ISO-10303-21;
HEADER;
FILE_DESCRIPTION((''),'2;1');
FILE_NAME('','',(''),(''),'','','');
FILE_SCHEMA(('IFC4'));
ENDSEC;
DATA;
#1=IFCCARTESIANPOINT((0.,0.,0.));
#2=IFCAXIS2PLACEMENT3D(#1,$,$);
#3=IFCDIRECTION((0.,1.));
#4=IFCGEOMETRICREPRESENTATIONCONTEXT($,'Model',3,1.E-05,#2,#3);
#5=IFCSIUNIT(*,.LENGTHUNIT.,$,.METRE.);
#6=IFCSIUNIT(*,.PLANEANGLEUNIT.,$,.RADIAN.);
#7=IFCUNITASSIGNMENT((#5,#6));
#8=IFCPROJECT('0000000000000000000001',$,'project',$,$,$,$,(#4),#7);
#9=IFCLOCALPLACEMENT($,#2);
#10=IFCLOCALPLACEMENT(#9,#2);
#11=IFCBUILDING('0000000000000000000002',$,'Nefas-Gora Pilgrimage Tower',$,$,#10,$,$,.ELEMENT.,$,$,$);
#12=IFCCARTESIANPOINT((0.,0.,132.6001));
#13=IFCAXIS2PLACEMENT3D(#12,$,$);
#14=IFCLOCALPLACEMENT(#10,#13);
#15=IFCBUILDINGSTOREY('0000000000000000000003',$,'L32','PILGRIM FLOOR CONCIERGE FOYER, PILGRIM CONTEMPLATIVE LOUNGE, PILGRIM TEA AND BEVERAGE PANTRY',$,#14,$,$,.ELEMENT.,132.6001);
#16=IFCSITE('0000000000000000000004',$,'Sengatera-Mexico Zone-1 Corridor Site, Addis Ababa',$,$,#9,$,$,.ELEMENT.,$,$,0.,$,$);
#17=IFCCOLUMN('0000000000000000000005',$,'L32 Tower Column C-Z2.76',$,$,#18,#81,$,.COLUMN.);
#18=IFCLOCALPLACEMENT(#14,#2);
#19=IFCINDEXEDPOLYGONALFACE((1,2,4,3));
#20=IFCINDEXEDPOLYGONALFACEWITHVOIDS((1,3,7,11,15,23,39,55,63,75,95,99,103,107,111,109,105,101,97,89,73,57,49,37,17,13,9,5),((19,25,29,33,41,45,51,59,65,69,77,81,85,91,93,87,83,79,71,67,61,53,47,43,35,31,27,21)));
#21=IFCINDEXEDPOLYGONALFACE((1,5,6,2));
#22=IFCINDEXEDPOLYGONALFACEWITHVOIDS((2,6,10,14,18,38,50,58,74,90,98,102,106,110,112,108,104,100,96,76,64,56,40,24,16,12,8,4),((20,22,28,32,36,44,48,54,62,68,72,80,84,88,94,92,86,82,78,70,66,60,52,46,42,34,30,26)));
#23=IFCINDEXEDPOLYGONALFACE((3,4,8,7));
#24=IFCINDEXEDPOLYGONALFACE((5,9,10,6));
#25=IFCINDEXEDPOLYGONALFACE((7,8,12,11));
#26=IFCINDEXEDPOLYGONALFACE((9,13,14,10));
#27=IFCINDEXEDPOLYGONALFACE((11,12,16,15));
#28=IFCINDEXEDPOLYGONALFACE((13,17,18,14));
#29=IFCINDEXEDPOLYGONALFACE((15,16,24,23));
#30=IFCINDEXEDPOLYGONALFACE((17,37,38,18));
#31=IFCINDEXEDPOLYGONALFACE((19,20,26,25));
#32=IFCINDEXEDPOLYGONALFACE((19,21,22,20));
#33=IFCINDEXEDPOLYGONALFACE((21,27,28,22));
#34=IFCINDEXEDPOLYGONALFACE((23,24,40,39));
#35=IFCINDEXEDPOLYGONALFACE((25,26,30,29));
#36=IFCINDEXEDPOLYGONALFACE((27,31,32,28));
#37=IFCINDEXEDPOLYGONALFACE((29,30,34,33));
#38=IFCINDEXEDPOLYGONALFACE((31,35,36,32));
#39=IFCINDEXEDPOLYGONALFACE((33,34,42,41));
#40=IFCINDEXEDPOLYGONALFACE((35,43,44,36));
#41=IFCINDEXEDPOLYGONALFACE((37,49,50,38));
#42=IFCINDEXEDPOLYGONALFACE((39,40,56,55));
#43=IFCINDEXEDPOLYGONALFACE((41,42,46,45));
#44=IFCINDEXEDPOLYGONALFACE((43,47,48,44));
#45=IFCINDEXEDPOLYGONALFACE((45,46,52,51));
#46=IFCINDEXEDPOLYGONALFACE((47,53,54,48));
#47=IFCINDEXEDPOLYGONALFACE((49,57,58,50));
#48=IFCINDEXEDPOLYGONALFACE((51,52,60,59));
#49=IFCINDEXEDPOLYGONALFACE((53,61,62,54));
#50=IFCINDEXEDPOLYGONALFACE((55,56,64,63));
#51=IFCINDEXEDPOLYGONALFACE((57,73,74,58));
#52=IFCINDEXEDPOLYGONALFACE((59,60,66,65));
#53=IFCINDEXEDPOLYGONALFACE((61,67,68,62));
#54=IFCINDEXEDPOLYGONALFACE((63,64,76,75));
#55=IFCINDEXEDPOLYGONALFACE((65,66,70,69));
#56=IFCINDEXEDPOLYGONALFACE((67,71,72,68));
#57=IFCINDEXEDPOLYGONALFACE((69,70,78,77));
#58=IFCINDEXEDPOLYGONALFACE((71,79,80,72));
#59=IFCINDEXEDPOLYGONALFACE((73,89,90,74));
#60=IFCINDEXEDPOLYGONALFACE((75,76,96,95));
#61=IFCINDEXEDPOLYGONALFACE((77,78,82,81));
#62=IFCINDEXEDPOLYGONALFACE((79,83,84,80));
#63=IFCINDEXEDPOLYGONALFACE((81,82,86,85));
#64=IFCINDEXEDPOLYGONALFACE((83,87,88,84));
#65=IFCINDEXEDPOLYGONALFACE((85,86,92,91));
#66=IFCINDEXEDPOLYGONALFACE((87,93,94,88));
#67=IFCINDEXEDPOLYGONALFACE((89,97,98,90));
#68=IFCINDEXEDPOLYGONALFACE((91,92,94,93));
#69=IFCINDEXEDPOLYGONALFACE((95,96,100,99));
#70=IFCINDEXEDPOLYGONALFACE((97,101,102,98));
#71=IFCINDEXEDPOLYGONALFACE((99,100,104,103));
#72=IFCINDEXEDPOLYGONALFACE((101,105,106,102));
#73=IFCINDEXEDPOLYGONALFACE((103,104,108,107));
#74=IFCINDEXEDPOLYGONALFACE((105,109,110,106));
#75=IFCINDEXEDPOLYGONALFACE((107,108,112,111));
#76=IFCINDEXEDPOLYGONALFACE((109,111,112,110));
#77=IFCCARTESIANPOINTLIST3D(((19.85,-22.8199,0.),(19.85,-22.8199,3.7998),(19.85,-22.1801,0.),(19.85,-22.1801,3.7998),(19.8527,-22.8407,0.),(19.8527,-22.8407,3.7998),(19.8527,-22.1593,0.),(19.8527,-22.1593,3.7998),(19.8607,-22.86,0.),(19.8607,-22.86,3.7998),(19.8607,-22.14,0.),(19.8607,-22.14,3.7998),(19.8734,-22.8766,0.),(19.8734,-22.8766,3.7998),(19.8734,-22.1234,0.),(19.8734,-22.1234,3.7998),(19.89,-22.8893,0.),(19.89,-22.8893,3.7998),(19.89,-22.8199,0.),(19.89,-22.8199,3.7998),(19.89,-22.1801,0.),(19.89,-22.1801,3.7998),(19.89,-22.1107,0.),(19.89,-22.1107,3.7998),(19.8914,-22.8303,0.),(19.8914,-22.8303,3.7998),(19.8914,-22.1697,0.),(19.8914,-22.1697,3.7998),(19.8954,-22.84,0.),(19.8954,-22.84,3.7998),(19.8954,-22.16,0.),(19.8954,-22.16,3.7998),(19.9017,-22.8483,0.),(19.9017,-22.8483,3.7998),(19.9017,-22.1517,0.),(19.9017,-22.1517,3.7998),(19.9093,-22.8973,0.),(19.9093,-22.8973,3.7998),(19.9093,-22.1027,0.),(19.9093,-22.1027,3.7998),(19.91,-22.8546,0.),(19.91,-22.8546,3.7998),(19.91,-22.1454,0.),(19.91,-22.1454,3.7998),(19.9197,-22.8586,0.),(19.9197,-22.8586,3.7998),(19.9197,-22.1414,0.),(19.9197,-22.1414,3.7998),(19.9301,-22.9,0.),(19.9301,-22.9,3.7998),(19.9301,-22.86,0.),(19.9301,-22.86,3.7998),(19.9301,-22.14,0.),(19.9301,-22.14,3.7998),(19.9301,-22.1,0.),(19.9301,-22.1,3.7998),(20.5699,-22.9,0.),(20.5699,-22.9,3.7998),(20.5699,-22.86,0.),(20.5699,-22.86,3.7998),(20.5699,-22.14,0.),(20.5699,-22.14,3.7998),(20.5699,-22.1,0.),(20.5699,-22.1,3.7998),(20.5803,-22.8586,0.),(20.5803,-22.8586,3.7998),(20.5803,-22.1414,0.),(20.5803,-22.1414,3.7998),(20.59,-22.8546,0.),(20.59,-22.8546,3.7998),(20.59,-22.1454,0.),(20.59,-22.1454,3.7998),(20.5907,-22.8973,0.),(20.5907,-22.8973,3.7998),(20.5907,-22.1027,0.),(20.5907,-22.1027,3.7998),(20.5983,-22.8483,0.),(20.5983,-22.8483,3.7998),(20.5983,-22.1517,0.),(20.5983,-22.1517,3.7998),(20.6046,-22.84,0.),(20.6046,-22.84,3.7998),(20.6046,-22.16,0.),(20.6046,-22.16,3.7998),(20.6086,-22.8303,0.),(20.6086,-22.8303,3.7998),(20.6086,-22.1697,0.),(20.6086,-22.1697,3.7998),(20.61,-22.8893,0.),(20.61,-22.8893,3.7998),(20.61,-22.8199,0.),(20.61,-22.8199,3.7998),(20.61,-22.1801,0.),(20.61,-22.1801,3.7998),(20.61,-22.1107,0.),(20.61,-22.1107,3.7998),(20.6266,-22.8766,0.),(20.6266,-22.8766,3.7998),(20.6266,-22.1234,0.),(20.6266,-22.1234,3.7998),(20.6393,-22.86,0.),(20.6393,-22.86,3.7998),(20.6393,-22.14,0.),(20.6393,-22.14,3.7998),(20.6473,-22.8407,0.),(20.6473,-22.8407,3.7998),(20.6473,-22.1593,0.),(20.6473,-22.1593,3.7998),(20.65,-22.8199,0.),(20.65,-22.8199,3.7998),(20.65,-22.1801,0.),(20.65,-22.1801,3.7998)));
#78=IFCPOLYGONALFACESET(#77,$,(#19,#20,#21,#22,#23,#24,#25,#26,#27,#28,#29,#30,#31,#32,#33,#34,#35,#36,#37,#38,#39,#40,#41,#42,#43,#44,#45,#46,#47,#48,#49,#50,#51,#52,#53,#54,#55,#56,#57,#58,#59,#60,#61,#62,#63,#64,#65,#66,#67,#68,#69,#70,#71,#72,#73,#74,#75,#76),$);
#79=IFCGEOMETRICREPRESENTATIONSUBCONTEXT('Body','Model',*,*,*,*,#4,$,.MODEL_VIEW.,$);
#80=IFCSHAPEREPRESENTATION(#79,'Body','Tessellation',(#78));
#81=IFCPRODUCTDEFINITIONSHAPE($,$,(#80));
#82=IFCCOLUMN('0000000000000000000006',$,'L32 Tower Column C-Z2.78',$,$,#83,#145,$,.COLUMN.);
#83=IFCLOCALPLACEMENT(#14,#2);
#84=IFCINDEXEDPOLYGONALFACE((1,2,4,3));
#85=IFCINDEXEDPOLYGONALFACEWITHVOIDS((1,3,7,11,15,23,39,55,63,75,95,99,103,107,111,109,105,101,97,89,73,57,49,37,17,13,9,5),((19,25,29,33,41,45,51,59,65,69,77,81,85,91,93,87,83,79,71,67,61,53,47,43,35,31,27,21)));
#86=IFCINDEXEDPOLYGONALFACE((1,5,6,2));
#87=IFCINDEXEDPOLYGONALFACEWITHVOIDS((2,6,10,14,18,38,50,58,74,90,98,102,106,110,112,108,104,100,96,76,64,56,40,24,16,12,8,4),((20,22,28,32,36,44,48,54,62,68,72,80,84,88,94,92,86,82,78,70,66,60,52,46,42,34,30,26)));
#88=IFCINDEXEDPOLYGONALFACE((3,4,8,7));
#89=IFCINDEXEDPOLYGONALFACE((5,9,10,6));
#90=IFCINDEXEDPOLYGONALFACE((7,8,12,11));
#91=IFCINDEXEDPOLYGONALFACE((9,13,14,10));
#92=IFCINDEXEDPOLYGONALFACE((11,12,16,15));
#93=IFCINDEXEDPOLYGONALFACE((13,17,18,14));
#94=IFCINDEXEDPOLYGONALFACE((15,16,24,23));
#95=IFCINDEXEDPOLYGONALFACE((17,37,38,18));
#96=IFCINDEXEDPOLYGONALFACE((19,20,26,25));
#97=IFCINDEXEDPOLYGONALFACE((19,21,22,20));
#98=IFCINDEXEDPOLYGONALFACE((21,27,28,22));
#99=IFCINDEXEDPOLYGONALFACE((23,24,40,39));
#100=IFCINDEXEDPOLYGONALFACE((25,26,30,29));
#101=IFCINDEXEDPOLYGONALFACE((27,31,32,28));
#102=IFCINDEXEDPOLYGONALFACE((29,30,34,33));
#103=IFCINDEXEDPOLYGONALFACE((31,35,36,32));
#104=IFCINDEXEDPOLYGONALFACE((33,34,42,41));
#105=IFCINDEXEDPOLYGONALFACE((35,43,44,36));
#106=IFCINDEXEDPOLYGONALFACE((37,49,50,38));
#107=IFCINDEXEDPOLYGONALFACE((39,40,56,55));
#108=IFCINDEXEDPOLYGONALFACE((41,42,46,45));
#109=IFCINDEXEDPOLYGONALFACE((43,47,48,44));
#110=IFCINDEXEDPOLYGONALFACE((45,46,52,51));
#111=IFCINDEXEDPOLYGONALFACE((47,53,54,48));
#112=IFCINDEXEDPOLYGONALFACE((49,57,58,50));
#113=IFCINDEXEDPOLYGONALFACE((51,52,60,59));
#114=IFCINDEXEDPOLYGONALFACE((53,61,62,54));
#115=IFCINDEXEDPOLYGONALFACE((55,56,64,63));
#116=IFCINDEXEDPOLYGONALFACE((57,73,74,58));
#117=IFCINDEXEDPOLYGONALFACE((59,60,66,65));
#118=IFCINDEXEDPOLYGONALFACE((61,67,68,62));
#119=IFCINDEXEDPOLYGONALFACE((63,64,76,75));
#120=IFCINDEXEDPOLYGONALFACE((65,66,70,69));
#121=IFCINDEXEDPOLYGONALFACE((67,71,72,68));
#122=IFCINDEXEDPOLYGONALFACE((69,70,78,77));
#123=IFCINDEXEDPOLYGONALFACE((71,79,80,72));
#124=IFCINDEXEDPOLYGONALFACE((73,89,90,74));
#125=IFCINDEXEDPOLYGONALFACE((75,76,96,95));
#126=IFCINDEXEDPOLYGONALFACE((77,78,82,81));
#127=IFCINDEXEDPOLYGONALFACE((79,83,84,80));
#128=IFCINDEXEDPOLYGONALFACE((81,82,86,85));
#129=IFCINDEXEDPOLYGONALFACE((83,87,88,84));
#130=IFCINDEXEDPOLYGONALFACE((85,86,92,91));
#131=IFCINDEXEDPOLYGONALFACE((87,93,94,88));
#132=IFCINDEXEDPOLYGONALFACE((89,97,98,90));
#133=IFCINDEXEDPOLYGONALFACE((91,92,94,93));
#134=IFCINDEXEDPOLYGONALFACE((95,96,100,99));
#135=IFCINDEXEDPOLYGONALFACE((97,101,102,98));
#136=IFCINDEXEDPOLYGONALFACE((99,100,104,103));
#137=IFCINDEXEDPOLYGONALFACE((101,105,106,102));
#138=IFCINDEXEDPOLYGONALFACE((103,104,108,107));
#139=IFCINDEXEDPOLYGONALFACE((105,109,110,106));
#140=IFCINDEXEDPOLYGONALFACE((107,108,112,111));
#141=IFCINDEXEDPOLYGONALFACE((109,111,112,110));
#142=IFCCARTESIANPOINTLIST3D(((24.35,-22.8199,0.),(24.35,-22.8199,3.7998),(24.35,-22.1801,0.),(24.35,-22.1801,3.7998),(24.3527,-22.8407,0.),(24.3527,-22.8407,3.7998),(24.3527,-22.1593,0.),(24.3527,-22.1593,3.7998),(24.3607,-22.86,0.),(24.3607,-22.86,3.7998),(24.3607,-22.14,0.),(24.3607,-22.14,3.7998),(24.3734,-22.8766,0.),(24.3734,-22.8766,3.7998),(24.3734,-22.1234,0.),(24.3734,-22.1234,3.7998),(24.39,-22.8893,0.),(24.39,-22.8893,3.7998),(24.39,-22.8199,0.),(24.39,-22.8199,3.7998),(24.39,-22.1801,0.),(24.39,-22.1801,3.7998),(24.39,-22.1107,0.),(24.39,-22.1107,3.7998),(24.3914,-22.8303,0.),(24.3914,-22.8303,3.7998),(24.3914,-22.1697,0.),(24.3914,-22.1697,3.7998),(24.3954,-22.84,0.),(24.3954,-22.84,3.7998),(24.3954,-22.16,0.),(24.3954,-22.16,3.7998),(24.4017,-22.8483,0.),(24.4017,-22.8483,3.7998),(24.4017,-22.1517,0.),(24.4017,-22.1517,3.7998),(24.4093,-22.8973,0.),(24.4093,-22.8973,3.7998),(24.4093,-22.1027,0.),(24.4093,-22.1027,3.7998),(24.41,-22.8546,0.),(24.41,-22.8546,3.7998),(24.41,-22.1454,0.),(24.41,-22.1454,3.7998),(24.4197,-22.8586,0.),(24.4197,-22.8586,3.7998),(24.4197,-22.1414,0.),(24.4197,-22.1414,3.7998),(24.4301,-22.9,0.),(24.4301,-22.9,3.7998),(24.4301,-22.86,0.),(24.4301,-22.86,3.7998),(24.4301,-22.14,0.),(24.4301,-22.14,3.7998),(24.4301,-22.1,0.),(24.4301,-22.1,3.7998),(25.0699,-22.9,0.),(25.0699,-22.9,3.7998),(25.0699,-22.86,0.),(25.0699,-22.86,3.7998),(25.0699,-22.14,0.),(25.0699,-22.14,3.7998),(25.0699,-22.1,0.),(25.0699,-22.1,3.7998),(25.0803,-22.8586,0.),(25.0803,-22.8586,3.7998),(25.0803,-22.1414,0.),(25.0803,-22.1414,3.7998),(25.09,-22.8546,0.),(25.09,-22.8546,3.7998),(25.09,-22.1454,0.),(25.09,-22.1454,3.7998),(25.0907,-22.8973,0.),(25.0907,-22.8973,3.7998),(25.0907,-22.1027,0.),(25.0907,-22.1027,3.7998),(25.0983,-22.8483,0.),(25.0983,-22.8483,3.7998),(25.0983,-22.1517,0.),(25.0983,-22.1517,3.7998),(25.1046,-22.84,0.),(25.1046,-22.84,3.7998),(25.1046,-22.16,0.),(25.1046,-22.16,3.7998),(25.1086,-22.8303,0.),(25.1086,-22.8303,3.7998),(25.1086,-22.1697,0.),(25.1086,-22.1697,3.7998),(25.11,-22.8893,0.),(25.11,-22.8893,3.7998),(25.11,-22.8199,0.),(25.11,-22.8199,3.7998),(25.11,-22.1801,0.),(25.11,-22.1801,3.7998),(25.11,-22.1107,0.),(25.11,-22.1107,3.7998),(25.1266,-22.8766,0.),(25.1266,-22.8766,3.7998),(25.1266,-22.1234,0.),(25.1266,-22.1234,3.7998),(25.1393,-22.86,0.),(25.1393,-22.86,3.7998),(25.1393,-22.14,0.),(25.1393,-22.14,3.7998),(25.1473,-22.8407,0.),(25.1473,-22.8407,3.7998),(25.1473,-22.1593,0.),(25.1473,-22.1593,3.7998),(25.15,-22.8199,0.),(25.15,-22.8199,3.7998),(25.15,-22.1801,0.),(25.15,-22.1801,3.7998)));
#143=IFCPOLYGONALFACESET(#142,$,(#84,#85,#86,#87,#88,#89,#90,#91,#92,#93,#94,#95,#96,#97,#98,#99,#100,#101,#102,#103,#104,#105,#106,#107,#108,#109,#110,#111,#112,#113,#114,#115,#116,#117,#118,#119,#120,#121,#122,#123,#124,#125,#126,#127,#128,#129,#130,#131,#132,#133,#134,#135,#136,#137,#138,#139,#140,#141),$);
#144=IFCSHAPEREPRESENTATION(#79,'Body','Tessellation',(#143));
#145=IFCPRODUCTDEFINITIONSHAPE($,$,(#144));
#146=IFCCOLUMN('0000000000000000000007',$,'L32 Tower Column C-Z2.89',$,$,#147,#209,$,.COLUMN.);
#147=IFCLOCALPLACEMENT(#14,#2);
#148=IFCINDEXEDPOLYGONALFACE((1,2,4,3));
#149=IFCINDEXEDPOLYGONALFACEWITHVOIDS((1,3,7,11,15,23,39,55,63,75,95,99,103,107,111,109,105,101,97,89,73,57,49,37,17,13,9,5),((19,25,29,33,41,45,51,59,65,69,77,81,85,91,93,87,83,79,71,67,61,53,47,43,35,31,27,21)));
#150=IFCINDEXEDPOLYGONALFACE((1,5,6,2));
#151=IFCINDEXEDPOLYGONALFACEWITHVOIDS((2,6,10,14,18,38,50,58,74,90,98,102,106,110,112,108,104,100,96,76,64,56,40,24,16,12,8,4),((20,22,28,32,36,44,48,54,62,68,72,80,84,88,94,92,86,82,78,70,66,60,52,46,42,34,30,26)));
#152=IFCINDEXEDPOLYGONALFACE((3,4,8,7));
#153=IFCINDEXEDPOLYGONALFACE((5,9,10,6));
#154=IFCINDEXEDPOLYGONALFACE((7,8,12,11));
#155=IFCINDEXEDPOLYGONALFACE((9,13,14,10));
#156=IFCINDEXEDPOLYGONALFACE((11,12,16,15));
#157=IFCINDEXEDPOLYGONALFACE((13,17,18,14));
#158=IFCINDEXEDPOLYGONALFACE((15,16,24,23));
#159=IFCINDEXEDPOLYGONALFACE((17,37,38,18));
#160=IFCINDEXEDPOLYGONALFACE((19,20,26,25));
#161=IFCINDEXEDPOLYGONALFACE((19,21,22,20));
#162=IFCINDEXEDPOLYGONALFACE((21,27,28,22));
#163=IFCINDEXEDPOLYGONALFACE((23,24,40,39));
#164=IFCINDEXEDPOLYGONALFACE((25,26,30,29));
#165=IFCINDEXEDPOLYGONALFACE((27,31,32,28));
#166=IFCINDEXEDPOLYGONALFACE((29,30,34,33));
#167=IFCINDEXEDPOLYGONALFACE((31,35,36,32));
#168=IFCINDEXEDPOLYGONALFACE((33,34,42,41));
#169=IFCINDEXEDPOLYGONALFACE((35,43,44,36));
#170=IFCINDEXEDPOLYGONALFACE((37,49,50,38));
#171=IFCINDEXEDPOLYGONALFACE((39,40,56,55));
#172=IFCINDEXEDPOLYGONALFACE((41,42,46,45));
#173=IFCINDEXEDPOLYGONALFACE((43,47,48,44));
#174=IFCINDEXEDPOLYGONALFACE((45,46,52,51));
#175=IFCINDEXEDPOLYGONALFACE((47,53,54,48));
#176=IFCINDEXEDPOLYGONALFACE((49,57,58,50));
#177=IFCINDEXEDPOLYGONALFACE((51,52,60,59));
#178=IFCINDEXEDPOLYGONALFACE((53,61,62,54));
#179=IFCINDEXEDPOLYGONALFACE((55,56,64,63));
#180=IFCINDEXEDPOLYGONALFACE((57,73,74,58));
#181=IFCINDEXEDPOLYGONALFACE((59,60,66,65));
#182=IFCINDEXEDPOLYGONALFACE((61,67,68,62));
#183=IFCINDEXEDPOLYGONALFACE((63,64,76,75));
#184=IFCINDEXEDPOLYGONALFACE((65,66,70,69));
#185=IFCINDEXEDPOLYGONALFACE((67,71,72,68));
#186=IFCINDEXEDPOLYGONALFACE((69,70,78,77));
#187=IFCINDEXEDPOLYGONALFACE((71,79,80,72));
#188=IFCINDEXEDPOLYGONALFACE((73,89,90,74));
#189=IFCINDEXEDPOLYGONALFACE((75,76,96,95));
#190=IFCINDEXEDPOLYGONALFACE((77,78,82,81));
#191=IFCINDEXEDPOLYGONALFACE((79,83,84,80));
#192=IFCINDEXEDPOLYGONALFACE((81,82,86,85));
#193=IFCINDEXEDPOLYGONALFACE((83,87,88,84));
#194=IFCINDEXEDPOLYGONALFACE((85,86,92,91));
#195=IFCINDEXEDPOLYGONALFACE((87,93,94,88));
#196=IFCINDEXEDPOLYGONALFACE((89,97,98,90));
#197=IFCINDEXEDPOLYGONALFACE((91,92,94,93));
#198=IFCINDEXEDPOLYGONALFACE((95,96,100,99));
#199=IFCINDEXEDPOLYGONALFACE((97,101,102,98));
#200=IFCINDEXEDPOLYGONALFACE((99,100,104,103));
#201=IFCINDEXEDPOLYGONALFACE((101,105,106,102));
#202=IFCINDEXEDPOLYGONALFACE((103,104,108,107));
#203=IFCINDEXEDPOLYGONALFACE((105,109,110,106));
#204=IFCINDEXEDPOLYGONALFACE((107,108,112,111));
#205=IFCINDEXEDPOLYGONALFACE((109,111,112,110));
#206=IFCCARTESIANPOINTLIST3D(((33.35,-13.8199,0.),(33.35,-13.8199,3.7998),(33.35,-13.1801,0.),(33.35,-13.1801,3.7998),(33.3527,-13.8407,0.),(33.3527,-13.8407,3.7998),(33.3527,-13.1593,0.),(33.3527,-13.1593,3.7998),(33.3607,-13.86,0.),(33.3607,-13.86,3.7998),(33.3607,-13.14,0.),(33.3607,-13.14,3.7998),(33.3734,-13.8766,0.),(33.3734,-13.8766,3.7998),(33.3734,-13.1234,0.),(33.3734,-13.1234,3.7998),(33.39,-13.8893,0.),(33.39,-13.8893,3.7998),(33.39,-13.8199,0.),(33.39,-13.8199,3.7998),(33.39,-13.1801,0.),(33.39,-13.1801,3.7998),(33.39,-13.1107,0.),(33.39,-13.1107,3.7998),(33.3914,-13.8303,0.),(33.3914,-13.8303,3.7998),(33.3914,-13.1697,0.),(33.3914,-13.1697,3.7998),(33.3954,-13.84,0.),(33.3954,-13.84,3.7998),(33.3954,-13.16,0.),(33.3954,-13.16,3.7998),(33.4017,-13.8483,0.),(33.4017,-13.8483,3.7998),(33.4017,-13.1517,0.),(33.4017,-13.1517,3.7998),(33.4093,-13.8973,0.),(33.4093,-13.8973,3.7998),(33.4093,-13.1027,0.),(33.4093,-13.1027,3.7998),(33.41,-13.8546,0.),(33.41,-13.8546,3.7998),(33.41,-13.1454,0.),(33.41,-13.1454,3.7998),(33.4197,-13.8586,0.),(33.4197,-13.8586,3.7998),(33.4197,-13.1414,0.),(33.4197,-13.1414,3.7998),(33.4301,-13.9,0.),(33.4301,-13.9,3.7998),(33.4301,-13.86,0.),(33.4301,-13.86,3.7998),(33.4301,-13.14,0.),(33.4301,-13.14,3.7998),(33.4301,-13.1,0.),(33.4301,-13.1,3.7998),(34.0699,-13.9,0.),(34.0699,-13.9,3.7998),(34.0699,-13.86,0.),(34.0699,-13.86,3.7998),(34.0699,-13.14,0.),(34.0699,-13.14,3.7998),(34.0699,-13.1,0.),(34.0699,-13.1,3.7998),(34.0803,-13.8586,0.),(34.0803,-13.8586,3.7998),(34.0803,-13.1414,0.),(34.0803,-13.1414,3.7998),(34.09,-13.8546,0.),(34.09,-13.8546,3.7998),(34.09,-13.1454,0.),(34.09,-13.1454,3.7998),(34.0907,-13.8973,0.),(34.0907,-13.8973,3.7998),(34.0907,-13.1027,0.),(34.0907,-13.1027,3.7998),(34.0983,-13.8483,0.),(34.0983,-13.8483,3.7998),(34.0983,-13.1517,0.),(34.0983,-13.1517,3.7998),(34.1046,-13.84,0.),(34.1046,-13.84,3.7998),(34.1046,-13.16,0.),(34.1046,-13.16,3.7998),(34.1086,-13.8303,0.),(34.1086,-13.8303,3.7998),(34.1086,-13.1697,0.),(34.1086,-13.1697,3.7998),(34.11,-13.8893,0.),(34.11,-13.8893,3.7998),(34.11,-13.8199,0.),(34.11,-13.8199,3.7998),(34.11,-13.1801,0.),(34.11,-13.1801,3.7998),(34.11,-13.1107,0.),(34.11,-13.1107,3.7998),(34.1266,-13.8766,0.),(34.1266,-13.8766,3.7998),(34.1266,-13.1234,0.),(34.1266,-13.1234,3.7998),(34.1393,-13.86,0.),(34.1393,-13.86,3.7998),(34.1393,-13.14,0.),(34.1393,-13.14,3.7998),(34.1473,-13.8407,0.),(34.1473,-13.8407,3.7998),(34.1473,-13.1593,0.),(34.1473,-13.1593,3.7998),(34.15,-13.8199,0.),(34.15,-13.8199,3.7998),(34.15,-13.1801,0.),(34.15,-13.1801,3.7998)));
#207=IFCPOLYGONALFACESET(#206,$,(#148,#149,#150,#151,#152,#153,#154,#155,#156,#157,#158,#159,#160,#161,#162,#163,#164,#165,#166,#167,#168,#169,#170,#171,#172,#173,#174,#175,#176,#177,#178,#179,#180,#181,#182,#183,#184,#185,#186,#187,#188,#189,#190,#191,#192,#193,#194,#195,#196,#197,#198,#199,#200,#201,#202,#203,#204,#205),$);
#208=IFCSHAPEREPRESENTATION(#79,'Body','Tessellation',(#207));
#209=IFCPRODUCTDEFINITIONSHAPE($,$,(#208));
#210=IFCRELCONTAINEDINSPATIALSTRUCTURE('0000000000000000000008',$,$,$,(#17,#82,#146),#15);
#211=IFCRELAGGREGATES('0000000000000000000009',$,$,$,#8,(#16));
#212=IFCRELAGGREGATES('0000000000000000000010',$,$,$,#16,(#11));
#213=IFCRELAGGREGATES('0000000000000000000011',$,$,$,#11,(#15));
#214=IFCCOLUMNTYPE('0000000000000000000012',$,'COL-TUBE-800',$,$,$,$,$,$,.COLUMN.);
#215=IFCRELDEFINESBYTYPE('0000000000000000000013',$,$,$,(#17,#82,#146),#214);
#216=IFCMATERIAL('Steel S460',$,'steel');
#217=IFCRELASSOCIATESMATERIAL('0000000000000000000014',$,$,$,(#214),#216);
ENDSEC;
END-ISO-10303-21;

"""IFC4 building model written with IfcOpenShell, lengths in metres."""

from ifc_helpers import new_model, si_unit, direction, frame, origin, origin_2d, place, context, subcontext, project, spatial, hollow_rectangle, extrude, source, transform, mapped, material, material_profile, profile_set, type_object, element, save


model = new_model("IFC4")

# Units and contexts
model_context = context("Model", 3, precision=1e-05, world=origin(), true_north=direction((0.0, 1.0)))
body_context = subcontext(model_context, "Body", "Model", "MODEL_VIEW")
ifc_project = project(units=[si_unit("LENGTHUNIT", "METRE"), si_unit("PLANEANGLEUNIT", "RADIAN")], contexts=[model_context])

# Site, building, storey
site_placement = place(None, origin())
site = spatial("IfcSite", under=ifc_project, at=site_placement, Name="Sengatera-Mexico Zone-1 Corridor Site, Addis Ababa", CompositionType="ELEMENT", RefElevation=0.0)
building_placement = place(site_placement, origin())
building = spatial("IfcBuilding", under=site, at=building_placement, Name="Nefas-Gora Pilgrimage Tower", CompositionType="ELEMENT")
storey_placement = place(building_placement, frame((0.0, 0.0, 132.6001)))
storey = spatial("IfcBuildingStorey", under=building, at=storey_placement, Name="L32", Description="PILGRIM FLOOR CONCIERGE FOYER, PILGRIM CONTEMPLATIVE LOUNGE, PILGRIM TEA AND BEVERAGE PANTRY", CompositionType="ELEMENT", Elevation=132.6001)

# Columns
ifc_material_1 = material(Name="Steel S460", Category="steel")
ifc_material_profile_1 = material_profile(ifc_material_1, hollow_rectangle(XDim=0.8, YDim=0.8, WallThickness=0.04, InnerFilletRadius=0.04, OuterFilletRadius=0.0801, at=origin_2d()), Name="BOX 800x800x40")
ifc_profile_set_1 = profile_set([ifc_material_profile_1], Name="Steel S460")
column_type_1 = type_object("IfcColumnType", Name="COL-TUBE-800", PredefinedType="COLUMN", material=ifc_profile_set_1)
shared_shape_1 = source(origin(), body_context, "Body", "SweptSolid", [
    extrude(hollow_rectangle(XDim=0.8, YDim=0.8, WallThickness=0.04, InnerFilletRadius=0.04, OuterFilletRadius=0.0801, at=origin_2d()), origin(), (0.0, 0.0, 1.0), 3.7998),
])
for number, where, z_axis, x_axis, name in (
    (1, (20.25, -22.5, 0.0), (0.0, 0.0, 1.0), (1.0, 0.0, 0.0), "L32 Tower Column C-Z2.76"),
    (2, (24.75, -22.5, 0.0), (0.0, 0.0, 1.0), (1.0, 0.0, 0.0), "L32 Tower Column C-Z2.78"),
    (3, (33.75, -13.5, 0.0), (0.0, 0.0, 1.0), (1.0, 0.0, 0.0), "L32 Tower Column C-Z2.89"),
):
    element("IfcColumn", number, at=place(storey_placement, frame(where, z_axis=z_axis, x_axis=x_axis)), inside=storey, type_object=column_type_1, Name=name, PredefinedType="COLUMN", context=body_context, shape_type="MappedRepresentation", body=[
        mapped(shared_shape_1, transform((0.0, 0.0, 0.0), x_axis=(1.0, 0.0, 0.0), y_axis=(0.0, 1.0, 0.0), z_axis=(0.0, 0.0, 1.0), scale=1.0)),
    ])

save(model, "model.ifc")
